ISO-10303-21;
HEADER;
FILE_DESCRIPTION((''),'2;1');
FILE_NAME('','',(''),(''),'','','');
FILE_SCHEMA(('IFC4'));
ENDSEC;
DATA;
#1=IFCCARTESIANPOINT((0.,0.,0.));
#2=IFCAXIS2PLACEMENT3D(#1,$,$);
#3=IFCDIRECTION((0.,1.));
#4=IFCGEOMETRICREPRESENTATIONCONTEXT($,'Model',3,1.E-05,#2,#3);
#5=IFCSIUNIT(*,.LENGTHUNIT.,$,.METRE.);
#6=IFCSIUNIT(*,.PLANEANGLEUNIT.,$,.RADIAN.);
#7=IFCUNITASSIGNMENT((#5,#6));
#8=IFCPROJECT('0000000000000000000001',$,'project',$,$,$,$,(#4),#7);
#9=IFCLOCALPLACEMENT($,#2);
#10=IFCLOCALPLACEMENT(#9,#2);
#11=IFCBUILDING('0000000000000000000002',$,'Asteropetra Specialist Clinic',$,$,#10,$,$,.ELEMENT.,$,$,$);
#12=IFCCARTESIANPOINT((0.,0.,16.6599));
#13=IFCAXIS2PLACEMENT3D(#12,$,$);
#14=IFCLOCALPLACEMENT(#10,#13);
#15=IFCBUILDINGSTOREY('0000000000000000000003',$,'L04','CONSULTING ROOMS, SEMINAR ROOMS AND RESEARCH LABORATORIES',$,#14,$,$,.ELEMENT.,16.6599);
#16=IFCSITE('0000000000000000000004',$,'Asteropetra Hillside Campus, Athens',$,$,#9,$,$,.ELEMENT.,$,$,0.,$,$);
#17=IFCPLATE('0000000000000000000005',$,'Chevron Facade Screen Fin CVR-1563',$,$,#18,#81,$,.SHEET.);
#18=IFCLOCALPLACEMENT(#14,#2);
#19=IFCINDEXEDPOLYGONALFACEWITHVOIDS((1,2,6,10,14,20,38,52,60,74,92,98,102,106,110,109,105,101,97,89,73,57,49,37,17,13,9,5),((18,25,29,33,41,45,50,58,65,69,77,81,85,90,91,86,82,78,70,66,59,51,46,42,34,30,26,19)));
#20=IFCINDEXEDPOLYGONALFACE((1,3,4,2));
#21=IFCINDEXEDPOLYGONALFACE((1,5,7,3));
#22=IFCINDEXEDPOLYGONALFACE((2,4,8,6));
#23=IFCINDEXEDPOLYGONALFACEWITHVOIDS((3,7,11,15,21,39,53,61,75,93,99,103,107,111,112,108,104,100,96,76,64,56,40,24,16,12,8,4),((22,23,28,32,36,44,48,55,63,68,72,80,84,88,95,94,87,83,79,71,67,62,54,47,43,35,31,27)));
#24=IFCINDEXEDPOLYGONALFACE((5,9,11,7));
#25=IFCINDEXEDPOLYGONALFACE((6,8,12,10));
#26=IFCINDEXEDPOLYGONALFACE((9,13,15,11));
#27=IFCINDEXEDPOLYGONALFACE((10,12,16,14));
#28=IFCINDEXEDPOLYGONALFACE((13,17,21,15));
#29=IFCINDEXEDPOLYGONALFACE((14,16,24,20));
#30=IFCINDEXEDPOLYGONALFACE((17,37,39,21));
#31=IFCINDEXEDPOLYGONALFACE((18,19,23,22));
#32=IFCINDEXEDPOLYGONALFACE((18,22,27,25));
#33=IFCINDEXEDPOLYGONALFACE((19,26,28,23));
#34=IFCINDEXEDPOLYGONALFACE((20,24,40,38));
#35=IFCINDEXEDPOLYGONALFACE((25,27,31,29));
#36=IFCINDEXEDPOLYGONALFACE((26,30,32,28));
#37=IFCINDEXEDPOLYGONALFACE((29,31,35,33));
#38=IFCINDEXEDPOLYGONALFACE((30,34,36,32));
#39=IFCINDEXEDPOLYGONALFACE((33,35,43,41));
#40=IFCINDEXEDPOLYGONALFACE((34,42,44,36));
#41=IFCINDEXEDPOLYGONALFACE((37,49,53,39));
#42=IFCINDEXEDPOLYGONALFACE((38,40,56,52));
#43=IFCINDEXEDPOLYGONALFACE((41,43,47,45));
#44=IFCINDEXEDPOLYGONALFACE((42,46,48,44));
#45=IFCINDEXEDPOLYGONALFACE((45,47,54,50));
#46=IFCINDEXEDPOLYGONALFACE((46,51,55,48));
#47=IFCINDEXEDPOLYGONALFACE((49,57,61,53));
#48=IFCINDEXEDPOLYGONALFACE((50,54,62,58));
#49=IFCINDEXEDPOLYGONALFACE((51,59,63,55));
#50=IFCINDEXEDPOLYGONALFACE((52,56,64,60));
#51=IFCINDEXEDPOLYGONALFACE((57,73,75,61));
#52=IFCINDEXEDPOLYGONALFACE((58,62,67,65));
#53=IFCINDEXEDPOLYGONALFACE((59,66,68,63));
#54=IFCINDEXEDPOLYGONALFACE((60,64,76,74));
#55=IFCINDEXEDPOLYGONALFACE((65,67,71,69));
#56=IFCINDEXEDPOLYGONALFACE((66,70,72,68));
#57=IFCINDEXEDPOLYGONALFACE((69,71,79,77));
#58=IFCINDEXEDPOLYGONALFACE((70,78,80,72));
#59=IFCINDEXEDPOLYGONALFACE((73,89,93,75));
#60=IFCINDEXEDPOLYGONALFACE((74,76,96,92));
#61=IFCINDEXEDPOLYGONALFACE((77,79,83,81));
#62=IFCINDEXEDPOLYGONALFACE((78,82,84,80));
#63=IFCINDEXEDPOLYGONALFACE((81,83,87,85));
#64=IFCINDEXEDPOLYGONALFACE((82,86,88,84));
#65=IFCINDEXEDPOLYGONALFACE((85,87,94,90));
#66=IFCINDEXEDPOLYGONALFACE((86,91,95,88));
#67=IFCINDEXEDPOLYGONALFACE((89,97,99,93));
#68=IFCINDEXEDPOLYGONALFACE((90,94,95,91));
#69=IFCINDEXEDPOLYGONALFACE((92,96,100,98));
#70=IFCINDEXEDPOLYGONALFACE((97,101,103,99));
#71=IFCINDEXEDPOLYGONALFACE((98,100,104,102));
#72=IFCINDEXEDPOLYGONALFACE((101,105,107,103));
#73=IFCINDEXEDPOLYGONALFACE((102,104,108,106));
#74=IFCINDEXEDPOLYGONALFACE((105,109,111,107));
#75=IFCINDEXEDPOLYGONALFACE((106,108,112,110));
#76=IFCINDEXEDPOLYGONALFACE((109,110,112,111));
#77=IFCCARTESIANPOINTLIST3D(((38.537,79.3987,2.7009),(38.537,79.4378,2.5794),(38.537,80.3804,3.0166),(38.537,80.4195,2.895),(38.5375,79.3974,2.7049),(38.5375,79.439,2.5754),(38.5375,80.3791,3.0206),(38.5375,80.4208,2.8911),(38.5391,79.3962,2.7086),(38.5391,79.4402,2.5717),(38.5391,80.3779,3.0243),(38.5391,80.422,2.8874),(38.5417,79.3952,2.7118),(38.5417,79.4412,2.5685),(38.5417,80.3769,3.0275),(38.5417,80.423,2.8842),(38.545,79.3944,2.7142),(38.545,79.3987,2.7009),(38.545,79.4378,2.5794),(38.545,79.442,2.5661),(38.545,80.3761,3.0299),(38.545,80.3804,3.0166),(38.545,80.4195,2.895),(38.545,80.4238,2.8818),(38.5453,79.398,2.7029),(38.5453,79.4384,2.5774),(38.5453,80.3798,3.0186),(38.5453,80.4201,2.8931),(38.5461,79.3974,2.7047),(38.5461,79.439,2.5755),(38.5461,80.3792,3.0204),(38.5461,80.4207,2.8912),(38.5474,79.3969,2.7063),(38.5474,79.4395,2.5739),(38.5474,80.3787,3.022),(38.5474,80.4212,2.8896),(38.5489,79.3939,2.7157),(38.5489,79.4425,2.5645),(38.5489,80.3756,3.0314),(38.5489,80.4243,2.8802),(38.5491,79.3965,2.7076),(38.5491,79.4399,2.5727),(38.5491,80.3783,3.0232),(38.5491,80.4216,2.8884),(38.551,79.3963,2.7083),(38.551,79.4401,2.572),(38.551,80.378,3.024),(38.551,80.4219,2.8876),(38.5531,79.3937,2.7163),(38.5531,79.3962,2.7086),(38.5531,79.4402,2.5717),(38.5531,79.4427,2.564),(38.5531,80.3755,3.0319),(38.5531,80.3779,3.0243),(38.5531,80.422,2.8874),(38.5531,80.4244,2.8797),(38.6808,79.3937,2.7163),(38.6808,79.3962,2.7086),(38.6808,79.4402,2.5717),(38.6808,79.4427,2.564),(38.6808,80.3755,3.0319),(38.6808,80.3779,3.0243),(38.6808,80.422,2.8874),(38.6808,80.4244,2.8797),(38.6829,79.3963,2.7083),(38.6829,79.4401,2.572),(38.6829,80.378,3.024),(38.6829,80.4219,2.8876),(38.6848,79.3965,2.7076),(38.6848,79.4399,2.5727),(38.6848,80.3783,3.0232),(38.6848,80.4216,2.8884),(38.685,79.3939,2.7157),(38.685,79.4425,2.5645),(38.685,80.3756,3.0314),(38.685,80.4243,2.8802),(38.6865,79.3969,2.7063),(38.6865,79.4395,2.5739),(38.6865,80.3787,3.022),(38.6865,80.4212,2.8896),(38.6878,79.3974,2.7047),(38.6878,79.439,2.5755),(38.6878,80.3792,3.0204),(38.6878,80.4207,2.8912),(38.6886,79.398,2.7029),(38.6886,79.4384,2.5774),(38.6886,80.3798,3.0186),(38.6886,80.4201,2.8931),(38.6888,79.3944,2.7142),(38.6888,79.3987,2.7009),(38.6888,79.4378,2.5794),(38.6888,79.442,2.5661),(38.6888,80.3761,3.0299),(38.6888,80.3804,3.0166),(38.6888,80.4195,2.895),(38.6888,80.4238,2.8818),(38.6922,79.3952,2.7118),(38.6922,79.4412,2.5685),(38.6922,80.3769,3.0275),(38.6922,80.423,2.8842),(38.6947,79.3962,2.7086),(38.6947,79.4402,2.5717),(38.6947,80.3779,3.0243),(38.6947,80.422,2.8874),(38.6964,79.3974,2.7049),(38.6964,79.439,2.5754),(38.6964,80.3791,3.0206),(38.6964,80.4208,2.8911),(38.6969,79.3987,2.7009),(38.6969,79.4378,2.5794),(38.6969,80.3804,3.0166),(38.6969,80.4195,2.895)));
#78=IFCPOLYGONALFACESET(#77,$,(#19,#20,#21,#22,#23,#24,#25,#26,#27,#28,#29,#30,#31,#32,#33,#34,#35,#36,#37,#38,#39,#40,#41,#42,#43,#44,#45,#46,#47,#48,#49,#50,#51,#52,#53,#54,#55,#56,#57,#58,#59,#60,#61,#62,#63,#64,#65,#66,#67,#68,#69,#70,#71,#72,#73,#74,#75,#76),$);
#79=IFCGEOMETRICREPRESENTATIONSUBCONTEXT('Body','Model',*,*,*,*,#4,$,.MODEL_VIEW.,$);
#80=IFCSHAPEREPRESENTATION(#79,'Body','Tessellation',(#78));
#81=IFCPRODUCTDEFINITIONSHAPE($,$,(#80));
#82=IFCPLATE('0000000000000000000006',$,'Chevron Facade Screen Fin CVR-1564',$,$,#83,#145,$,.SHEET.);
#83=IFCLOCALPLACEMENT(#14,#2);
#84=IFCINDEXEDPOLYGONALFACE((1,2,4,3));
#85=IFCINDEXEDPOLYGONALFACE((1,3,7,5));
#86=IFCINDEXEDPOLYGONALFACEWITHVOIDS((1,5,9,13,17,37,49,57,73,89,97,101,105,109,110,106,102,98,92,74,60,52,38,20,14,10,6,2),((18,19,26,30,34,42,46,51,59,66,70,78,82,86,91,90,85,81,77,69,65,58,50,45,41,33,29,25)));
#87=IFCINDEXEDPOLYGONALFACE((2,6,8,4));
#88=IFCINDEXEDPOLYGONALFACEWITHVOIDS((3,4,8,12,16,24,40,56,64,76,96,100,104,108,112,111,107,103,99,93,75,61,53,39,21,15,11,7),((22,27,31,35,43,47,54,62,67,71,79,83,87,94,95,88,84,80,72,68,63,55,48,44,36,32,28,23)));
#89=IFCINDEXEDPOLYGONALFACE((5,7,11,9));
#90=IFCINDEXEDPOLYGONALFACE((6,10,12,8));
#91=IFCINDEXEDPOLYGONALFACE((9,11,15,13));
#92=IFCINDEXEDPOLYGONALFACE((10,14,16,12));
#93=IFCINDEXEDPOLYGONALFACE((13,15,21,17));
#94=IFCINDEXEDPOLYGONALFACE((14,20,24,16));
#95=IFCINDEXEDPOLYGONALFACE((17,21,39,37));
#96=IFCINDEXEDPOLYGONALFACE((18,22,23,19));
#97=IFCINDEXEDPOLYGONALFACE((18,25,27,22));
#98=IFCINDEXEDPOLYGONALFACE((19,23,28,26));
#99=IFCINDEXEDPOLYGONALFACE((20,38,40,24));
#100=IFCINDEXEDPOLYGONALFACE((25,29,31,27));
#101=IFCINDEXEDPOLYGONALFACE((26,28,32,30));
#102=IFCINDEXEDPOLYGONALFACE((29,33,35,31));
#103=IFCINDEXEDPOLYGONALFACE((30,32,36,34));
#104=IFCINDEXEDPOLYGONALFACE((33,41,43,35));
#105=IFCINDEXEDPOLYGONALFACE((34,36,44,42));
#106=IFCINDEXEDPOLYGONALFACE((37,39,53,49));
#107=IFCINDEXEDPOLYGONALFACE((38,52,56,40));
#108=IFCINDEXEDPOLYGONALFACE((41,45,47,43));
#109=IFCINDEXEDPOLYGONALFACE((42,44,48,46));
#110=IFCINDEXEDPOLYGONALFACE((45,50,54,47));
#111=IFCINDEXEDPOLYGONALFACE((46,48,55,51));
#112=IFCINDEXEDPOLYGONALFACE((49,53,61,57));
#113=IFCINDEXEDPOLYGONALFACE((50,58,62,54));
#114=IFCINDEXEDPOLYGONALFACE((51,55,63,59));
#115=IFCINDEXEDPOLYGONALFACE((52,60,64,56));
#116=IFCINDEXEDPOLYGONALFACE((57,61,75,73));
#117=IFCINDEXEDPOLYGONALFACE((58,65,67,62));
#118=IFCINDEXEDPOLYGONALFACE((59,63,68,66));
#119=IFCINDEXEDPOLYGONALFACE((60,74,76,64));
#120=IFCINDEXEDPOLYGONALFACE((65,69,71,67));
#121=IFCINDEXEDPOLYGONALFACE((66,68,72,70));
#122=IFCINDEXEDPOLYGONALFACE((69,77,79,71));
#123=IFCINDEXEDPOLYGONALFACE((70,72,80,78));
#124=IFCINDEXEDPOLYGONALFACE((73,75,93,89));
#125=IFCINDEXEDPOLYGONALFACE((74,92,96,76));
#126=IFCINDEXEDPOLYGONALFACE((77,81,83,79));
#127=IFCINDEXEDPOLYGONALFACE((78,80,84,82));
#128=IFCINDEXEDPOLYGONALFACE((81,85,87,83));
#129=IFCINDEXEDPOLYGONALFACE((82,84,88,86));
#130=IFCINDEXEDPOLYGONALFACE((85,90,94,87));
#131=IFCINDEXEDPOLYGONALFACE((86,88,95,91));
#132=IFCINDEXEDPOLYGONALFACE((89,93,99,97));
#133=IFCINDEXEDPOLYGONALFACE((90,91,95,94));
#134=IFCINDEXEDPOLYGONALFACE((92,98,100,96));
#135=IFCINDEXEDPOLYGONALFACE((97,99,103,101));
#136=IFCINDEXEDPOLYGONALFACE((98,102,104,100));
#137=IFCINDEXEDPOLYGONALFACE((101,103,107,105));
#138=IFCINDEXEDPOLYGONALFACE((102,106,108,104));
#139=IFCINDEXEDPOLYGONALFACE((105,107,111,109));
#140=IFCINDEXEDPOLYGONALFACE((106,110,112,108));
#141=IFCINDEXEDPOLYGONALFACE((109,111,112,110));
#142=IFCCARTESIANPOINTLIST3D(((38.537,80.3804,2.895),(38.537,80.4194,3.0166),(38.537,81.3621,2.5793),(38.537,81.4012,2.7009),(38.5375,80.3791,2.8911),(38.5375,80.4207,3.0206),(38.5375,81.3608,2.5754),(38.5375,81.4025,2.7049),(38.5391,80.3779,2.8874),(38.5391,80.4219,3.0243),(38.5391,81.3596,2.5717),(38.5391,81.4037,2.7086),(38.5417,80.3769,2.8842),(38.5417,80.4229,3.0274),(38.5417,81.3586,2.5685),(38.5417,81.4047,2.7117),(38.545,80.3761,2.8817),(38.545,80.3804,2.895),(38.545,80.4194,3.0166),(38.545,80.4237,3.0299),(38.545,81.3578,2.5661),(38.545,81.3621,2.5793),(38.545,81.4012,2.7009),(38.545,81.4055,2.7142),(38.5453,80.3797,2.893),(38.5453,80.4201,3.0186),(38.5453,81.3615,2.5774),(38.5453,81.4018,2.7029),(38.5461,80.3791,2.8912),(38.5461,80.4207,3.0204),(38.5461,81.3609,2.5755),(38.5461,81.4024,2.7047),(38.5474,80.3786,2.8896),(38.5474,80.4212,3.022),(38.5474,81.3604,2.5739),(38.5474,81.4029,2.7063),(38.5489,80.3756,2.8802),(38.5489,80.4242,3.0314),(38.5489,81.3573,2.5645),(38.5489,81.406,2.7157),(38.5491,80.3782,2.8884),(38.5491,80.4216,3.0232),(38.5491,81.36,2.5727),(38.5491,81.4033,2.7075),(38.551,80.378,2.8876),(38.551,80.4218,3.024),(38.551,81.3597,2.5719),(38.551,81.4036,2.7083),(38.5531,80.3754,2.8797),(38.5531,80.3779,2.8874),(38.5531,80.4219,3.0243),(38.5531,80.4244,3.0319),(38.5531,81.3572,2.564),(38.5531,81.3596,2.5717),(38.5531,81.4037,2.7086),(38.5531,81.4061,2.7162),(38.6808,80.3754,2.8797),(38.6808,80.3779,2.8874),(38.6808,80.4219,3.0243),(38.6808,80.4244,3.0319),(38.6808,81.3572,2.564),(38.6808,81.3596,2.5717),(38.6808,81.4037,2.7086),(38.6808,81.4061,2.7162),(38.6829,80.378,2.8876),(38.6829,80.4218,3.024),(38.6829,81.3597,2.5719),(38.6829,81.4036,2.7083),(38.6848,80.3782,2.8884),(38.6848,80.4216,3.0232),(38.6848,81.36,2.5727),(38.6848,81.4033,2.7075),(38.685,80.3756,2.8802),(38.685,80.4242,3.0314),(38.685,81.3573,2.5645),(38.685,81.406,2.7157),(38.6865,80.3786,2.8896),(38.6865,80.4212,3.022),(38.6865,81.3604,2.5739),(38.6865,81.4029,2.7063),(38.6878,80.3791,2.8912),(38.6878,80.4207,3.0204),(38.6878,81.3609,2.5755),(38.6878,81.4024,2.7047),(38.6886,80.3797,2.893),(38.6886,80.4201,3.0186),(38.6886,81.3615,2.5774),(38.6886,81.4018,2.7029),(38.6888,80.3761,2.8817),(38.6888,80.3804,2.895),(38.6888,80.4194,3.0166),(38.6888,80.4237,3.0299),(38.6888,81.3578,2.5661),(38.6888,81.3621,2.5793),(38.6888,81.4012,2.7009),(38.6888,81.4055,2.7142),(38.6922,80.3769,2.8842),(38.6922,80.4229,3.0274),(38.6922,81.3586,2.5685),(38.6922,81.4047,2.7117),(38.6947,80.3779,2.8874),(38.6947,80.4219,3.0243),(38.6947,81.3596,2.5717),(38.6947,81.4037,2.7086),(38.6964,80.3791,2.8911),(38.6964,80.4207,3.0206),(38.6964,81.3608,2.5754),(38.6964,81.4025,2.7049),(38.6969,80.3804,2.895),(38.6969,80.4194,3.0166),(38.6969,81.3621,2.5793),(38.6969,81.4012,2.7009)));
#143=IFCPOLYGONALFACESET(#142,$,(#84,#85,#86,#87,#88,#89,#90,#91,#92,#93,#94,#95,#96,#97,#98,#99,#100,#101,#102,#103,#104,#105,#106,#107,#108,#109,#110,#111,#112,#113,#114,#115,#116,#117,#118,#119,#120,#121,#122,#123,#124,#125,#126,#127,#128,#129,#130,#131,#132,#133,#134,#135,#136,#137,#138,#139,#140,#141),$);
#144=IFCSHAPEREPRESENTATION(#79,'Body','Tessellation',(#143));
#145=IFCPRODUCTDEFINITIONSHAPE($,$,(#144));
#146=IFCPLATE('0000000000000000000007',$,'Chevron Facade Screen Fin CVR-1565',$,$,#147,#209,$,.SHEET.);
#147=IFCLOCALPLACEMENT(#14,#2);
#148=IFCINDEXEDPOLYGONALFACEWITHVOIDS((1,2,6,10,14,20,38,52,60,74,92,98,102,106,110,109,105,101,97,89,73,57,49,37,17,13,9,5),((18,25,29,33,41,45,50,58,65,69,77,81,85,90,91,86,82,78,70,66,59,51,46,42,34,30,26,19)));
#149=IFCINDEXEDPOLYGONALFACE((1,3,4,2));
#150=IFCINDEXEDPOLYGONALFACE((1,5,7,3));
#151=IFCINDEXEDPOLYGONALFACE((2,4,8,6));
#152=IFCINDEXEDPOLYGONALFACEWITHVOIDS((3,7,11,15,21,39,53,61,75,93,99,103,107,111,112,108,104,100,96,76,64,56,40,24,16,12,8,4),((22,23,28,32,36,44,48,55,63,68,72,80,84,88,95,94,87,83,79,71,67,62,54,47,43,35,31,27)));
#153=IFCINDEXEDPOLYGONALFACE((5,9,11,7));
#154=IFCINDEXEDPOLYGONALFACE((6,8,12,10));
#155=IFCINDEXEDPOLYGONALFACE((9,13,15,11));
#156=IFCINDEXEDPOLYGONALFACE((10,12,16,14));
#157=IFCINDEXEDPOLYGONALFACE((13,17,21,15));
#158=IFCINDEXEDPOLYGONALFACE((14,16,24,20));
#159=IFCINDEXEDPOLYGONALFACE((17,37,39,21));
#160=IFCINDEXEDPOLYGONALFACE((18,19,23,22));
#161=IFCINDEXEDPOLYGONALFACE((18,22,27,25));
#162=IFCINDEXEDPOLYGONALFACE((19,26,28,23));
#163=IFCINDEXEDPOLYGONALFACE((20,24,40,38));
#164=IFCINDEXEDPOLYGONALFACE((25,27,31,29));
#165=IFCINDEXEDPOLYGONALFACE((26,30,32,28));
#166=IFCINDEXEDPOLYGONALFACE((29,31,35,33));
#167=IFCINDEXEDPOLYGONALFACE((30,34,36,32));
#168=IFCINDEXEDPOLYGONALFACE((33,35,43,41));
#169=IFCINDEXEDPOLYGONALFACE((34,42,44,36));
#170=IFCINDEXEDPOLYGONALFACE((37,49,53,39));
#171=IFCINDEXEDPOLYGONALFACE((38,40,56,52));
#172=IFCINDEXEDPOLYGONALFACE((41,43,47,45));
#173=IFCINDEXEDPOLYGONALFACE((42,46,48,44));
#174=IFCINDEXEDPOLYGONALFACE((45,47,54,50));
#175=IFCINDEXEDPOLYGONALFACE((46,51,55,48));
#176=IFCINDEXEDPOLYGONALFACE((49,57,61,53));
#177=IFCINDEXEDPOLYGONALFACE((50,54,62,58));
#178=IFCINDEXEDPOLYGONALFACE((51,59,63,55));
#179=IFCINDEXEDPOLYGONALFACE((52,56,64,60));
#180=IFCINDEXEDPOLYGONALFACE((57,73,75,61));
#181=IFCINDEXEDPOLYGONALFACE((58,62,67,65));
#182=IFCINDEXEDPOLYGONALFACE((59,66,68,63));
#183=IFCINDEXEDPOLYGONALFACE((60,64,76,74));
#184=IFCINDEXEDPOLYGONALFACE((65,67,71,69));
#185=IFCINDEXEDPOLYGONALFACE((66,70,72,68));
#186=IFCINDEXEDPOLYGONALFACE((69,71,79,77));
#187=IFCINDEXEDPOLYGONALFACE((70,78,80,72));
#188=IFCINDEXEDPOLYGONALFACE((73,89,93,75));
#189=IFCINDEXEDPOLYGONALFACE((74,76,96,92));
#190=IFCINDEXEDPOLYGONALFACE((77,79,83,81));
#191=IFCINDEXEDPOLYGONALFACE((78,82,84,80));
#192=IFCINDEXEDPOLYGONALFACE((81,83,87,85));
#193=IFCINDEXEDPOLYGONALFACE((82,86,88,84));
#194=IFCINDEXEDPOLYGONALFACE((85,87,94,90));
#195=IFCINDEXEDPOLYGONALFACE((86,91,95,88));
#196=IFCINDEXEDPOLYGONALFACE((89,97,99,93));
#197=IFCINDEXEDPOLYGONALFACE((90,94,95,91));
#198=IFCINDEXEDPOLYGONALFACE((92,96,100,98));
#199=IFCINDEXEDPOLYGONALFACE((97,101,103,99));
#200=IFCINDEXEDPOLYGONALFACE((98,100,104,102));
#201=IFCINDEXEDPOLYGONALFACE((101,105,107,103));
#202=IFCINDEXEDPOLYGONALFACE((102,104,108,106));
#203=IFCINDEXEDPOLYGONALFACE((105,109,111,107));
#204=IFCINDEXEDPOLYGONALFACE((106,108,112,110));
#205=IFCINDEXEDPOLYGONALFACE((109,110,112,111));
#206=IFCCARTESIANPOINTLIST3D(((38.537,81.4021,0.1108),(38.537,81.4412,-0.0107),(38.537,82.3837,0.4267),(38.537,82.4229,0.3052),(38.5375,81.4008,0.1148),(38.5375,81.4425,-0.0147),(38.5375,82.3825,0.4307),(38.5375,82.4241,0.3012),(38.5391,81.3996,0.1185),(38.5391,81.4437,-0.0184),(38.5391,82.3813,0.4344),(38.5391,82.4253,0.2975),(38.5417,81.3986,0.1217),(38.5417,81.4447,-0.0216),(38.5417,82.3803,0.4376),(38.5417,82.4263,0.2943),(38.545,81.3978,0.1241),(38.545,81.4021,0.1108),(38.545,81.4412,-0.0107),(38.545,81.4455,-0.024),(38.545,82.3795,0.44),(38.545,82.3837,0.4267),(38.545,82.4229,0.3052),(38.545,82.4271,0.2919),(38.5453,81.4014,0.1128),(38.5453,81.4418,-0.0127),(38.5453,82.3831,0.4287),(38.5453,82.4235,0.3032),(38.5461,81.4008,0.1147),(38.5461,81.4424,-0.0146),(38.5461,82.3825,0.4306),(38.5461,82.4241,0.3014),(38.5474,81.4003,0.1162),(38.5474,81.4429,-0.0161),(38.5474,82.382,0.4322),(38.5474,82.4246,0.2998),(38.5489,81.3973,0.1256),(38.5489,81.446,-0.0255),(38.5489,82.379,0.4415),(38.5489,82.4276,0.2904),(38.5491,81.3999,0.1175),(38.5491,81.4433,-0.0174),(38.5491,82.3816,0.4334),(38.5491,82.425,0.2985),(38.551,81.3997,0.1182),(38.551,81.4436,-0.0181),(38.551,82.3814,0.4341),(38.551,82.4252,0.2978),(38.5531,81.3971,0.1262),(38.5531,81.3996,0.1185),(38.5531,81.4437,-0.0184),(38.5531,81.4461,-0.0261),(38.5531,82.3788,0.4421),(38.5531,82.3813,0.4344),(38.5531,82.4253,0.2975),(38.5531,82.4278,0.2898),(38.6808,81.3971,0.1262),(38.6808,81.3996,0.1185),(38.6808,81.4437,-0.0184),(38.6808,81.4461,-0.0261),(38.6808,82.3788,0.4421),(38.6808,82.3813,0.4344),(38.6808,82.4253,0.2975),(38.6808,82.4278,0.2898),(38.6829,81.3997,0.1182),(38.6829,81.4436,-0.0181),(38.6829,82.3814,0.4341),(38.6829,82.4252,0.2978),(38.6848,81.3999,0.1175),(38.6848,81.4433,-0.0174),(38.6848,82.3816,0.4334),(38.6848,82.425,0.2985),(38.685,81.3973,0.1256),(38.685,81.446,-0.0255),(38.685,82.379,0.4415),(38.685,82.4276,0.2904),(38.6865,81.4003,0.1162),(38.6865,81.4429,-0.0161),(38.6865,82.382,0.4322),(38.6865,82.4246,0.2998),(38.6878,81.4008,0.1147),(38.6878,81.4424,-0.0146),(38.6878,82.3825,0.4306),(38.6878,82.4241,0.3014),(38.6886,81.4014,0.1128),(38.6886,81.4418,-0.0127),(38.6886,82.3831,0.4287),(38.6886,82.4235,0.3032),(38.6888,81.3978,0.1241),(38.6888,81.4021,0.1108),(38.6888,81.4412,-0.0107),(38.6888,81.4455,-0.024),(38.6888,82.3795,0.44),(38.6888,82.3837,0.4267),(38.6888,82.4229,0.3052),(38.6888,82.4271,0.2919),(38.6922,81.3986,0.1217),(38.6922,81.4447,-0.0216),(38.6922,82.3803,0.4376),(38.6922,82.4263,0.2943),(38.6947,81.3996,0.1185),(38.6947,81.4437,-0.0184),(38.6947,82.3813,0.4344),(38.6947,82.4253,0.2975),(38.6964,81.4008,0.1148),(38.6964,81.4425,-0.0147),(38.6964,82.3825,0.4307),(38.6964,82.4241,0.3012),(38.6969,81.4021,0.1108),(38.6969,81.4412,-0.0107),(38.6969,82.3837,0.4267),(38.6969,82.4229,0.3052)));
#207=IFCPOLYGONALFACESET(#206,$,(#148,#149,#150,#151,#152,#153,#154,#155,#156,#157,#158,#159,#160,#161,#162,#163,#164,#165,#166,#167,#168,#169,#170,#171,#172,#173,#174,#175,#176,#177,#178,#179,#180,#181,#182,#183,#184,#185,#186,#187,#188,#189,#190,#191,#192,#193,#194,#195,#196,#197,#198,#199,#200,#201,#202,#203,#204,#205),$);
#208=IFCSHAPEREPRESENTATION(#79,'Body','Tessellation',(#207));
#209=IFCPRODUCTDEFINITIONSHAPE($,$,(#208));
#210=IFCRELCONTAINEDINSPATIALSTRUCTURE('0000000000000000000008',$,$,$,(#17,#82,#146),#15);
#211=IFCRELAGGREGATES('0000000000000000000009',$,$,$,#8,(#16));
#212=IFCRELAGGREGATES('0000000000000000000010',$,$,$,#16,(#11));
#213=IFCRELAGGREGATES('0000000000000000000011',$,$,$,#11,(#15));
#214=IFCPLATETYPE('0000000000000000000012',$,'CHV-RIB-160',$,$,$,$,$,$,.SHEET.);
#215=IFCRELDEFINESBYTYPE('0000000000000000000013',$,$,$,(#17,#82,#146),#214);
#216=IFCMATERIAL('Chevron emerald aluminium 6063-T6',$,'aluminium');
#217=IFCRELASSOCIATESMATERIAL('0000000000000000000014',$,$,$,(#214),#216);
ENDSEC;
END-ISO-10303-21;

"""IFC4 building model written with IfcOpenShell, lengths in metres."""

from ifc_helpers import new_model, si_unit, direction, frame, origin, origin_2d, place, context, subcontext, project, spatial, hollow_rectangle, extrude, material, material_profile, profile_set, type_object, element, save


model = new_model("IFC4")

# Units and contexts
model_context = context("Model", 3, precision=1e-05, world=origin(), true_north=direction((0.0, 1.0)))
body_context = subcontext(model_context, "Body", "Model", "MODEL_VIEW")
ifc_project = project(units=[si_unit("LENGTHUNIT", "METRE"), si_unit("PLANEANGLEUNIT", "RADIAN")], contexts=[model_context])

# Site, building, storey
site_placement = place(None, origin())
site = spatial("IfcSite", under=ifc_project, at=site_placement, Name="Asteropetra Hillside Campus, Athens", CompositionType="ELEMENT", RefElevation=0.0)
building_placement = place(site_placement, origin())
building = spatial("IfcBuilding", under=site, at=building_placement, Name="Asteropetra Specialist Clinic", CompositionType="ELEMENT")
storey_placement = place(building_placement, frame((0.0, 0.0, 16.6599)))
storey = spatial("IfcBuildingStorey", under=building, at=storey_placement, Name="L04", Description="CONSULTING ROOMS, SEMINAR ROOMS AND RESEARCH LABORATORIES", CompositionType="ELEMENT", Elevation=16.6599)

# Plates
ifc_material_1 = material(Name="Chevron emerald aluminium 6063-T6", Category="aluminium")
ifc_material_profile = material_profile(ifc_material_1, hollow_rectangle(XDim=0.1599, YDim=0.1599, WallThickness=0.0081, InnerFilletRadius=0.0081, OuterFilletRadius=0.0161, at=origin_2d()), Name="SHS 160x160x8.0")
ifc_profile_set = profile_set([ifc_material_profile], Name="Chevron emerald aluminium 6063-T6")
plate_type_1 = type_object("IfcPlateType", Name="CHV-RIB-160", PredefinedType="SHEET", material=ifc_profile_set)
for number, where, z_axis, x_axis, name in (
    (1, (38.6169, 79.4182, 2.6401), (0.0, 0.951992, 0.306124), (-1.0, 0.0, 0.0), "Chevron Facade Screen Fin CVR-1563"),
    (2, (38.6169, 80.3999, 2.9558), (0.0, 0.951992, -0.306124), (-1.0, 0.0, 0.0), "Chevron Facade Screen Fin CVR-1564"),
    (3, (38.6169, 81.4216, 0.05), (0.0, 0.951923, 0.306339), (-1.0, 0.0, 0.0), "Chevron Facade Screen Fin CVR-1565"),
):
    element("IfcPlate", number, at=place(storey_placement, frame(where, z_axis=z_axis, x_axis=x_axis)), inside=storey, type_object=plate_type_1, Name=name, PredefinedType="SHEET", context=body_context, shape_type="SweptSolid", body=[
        extrude(hollow_rectangle(XDim=0.1599, YDim=0.1599, WallThickness=0.0081, InnerFilletRadius=0.0081, OuterFilletRadius=0.0161, at=origin_2d()), origin(), (0.0, 0.0, 1.0), 1.0312),
    ])

save(model, "model.ifc")
